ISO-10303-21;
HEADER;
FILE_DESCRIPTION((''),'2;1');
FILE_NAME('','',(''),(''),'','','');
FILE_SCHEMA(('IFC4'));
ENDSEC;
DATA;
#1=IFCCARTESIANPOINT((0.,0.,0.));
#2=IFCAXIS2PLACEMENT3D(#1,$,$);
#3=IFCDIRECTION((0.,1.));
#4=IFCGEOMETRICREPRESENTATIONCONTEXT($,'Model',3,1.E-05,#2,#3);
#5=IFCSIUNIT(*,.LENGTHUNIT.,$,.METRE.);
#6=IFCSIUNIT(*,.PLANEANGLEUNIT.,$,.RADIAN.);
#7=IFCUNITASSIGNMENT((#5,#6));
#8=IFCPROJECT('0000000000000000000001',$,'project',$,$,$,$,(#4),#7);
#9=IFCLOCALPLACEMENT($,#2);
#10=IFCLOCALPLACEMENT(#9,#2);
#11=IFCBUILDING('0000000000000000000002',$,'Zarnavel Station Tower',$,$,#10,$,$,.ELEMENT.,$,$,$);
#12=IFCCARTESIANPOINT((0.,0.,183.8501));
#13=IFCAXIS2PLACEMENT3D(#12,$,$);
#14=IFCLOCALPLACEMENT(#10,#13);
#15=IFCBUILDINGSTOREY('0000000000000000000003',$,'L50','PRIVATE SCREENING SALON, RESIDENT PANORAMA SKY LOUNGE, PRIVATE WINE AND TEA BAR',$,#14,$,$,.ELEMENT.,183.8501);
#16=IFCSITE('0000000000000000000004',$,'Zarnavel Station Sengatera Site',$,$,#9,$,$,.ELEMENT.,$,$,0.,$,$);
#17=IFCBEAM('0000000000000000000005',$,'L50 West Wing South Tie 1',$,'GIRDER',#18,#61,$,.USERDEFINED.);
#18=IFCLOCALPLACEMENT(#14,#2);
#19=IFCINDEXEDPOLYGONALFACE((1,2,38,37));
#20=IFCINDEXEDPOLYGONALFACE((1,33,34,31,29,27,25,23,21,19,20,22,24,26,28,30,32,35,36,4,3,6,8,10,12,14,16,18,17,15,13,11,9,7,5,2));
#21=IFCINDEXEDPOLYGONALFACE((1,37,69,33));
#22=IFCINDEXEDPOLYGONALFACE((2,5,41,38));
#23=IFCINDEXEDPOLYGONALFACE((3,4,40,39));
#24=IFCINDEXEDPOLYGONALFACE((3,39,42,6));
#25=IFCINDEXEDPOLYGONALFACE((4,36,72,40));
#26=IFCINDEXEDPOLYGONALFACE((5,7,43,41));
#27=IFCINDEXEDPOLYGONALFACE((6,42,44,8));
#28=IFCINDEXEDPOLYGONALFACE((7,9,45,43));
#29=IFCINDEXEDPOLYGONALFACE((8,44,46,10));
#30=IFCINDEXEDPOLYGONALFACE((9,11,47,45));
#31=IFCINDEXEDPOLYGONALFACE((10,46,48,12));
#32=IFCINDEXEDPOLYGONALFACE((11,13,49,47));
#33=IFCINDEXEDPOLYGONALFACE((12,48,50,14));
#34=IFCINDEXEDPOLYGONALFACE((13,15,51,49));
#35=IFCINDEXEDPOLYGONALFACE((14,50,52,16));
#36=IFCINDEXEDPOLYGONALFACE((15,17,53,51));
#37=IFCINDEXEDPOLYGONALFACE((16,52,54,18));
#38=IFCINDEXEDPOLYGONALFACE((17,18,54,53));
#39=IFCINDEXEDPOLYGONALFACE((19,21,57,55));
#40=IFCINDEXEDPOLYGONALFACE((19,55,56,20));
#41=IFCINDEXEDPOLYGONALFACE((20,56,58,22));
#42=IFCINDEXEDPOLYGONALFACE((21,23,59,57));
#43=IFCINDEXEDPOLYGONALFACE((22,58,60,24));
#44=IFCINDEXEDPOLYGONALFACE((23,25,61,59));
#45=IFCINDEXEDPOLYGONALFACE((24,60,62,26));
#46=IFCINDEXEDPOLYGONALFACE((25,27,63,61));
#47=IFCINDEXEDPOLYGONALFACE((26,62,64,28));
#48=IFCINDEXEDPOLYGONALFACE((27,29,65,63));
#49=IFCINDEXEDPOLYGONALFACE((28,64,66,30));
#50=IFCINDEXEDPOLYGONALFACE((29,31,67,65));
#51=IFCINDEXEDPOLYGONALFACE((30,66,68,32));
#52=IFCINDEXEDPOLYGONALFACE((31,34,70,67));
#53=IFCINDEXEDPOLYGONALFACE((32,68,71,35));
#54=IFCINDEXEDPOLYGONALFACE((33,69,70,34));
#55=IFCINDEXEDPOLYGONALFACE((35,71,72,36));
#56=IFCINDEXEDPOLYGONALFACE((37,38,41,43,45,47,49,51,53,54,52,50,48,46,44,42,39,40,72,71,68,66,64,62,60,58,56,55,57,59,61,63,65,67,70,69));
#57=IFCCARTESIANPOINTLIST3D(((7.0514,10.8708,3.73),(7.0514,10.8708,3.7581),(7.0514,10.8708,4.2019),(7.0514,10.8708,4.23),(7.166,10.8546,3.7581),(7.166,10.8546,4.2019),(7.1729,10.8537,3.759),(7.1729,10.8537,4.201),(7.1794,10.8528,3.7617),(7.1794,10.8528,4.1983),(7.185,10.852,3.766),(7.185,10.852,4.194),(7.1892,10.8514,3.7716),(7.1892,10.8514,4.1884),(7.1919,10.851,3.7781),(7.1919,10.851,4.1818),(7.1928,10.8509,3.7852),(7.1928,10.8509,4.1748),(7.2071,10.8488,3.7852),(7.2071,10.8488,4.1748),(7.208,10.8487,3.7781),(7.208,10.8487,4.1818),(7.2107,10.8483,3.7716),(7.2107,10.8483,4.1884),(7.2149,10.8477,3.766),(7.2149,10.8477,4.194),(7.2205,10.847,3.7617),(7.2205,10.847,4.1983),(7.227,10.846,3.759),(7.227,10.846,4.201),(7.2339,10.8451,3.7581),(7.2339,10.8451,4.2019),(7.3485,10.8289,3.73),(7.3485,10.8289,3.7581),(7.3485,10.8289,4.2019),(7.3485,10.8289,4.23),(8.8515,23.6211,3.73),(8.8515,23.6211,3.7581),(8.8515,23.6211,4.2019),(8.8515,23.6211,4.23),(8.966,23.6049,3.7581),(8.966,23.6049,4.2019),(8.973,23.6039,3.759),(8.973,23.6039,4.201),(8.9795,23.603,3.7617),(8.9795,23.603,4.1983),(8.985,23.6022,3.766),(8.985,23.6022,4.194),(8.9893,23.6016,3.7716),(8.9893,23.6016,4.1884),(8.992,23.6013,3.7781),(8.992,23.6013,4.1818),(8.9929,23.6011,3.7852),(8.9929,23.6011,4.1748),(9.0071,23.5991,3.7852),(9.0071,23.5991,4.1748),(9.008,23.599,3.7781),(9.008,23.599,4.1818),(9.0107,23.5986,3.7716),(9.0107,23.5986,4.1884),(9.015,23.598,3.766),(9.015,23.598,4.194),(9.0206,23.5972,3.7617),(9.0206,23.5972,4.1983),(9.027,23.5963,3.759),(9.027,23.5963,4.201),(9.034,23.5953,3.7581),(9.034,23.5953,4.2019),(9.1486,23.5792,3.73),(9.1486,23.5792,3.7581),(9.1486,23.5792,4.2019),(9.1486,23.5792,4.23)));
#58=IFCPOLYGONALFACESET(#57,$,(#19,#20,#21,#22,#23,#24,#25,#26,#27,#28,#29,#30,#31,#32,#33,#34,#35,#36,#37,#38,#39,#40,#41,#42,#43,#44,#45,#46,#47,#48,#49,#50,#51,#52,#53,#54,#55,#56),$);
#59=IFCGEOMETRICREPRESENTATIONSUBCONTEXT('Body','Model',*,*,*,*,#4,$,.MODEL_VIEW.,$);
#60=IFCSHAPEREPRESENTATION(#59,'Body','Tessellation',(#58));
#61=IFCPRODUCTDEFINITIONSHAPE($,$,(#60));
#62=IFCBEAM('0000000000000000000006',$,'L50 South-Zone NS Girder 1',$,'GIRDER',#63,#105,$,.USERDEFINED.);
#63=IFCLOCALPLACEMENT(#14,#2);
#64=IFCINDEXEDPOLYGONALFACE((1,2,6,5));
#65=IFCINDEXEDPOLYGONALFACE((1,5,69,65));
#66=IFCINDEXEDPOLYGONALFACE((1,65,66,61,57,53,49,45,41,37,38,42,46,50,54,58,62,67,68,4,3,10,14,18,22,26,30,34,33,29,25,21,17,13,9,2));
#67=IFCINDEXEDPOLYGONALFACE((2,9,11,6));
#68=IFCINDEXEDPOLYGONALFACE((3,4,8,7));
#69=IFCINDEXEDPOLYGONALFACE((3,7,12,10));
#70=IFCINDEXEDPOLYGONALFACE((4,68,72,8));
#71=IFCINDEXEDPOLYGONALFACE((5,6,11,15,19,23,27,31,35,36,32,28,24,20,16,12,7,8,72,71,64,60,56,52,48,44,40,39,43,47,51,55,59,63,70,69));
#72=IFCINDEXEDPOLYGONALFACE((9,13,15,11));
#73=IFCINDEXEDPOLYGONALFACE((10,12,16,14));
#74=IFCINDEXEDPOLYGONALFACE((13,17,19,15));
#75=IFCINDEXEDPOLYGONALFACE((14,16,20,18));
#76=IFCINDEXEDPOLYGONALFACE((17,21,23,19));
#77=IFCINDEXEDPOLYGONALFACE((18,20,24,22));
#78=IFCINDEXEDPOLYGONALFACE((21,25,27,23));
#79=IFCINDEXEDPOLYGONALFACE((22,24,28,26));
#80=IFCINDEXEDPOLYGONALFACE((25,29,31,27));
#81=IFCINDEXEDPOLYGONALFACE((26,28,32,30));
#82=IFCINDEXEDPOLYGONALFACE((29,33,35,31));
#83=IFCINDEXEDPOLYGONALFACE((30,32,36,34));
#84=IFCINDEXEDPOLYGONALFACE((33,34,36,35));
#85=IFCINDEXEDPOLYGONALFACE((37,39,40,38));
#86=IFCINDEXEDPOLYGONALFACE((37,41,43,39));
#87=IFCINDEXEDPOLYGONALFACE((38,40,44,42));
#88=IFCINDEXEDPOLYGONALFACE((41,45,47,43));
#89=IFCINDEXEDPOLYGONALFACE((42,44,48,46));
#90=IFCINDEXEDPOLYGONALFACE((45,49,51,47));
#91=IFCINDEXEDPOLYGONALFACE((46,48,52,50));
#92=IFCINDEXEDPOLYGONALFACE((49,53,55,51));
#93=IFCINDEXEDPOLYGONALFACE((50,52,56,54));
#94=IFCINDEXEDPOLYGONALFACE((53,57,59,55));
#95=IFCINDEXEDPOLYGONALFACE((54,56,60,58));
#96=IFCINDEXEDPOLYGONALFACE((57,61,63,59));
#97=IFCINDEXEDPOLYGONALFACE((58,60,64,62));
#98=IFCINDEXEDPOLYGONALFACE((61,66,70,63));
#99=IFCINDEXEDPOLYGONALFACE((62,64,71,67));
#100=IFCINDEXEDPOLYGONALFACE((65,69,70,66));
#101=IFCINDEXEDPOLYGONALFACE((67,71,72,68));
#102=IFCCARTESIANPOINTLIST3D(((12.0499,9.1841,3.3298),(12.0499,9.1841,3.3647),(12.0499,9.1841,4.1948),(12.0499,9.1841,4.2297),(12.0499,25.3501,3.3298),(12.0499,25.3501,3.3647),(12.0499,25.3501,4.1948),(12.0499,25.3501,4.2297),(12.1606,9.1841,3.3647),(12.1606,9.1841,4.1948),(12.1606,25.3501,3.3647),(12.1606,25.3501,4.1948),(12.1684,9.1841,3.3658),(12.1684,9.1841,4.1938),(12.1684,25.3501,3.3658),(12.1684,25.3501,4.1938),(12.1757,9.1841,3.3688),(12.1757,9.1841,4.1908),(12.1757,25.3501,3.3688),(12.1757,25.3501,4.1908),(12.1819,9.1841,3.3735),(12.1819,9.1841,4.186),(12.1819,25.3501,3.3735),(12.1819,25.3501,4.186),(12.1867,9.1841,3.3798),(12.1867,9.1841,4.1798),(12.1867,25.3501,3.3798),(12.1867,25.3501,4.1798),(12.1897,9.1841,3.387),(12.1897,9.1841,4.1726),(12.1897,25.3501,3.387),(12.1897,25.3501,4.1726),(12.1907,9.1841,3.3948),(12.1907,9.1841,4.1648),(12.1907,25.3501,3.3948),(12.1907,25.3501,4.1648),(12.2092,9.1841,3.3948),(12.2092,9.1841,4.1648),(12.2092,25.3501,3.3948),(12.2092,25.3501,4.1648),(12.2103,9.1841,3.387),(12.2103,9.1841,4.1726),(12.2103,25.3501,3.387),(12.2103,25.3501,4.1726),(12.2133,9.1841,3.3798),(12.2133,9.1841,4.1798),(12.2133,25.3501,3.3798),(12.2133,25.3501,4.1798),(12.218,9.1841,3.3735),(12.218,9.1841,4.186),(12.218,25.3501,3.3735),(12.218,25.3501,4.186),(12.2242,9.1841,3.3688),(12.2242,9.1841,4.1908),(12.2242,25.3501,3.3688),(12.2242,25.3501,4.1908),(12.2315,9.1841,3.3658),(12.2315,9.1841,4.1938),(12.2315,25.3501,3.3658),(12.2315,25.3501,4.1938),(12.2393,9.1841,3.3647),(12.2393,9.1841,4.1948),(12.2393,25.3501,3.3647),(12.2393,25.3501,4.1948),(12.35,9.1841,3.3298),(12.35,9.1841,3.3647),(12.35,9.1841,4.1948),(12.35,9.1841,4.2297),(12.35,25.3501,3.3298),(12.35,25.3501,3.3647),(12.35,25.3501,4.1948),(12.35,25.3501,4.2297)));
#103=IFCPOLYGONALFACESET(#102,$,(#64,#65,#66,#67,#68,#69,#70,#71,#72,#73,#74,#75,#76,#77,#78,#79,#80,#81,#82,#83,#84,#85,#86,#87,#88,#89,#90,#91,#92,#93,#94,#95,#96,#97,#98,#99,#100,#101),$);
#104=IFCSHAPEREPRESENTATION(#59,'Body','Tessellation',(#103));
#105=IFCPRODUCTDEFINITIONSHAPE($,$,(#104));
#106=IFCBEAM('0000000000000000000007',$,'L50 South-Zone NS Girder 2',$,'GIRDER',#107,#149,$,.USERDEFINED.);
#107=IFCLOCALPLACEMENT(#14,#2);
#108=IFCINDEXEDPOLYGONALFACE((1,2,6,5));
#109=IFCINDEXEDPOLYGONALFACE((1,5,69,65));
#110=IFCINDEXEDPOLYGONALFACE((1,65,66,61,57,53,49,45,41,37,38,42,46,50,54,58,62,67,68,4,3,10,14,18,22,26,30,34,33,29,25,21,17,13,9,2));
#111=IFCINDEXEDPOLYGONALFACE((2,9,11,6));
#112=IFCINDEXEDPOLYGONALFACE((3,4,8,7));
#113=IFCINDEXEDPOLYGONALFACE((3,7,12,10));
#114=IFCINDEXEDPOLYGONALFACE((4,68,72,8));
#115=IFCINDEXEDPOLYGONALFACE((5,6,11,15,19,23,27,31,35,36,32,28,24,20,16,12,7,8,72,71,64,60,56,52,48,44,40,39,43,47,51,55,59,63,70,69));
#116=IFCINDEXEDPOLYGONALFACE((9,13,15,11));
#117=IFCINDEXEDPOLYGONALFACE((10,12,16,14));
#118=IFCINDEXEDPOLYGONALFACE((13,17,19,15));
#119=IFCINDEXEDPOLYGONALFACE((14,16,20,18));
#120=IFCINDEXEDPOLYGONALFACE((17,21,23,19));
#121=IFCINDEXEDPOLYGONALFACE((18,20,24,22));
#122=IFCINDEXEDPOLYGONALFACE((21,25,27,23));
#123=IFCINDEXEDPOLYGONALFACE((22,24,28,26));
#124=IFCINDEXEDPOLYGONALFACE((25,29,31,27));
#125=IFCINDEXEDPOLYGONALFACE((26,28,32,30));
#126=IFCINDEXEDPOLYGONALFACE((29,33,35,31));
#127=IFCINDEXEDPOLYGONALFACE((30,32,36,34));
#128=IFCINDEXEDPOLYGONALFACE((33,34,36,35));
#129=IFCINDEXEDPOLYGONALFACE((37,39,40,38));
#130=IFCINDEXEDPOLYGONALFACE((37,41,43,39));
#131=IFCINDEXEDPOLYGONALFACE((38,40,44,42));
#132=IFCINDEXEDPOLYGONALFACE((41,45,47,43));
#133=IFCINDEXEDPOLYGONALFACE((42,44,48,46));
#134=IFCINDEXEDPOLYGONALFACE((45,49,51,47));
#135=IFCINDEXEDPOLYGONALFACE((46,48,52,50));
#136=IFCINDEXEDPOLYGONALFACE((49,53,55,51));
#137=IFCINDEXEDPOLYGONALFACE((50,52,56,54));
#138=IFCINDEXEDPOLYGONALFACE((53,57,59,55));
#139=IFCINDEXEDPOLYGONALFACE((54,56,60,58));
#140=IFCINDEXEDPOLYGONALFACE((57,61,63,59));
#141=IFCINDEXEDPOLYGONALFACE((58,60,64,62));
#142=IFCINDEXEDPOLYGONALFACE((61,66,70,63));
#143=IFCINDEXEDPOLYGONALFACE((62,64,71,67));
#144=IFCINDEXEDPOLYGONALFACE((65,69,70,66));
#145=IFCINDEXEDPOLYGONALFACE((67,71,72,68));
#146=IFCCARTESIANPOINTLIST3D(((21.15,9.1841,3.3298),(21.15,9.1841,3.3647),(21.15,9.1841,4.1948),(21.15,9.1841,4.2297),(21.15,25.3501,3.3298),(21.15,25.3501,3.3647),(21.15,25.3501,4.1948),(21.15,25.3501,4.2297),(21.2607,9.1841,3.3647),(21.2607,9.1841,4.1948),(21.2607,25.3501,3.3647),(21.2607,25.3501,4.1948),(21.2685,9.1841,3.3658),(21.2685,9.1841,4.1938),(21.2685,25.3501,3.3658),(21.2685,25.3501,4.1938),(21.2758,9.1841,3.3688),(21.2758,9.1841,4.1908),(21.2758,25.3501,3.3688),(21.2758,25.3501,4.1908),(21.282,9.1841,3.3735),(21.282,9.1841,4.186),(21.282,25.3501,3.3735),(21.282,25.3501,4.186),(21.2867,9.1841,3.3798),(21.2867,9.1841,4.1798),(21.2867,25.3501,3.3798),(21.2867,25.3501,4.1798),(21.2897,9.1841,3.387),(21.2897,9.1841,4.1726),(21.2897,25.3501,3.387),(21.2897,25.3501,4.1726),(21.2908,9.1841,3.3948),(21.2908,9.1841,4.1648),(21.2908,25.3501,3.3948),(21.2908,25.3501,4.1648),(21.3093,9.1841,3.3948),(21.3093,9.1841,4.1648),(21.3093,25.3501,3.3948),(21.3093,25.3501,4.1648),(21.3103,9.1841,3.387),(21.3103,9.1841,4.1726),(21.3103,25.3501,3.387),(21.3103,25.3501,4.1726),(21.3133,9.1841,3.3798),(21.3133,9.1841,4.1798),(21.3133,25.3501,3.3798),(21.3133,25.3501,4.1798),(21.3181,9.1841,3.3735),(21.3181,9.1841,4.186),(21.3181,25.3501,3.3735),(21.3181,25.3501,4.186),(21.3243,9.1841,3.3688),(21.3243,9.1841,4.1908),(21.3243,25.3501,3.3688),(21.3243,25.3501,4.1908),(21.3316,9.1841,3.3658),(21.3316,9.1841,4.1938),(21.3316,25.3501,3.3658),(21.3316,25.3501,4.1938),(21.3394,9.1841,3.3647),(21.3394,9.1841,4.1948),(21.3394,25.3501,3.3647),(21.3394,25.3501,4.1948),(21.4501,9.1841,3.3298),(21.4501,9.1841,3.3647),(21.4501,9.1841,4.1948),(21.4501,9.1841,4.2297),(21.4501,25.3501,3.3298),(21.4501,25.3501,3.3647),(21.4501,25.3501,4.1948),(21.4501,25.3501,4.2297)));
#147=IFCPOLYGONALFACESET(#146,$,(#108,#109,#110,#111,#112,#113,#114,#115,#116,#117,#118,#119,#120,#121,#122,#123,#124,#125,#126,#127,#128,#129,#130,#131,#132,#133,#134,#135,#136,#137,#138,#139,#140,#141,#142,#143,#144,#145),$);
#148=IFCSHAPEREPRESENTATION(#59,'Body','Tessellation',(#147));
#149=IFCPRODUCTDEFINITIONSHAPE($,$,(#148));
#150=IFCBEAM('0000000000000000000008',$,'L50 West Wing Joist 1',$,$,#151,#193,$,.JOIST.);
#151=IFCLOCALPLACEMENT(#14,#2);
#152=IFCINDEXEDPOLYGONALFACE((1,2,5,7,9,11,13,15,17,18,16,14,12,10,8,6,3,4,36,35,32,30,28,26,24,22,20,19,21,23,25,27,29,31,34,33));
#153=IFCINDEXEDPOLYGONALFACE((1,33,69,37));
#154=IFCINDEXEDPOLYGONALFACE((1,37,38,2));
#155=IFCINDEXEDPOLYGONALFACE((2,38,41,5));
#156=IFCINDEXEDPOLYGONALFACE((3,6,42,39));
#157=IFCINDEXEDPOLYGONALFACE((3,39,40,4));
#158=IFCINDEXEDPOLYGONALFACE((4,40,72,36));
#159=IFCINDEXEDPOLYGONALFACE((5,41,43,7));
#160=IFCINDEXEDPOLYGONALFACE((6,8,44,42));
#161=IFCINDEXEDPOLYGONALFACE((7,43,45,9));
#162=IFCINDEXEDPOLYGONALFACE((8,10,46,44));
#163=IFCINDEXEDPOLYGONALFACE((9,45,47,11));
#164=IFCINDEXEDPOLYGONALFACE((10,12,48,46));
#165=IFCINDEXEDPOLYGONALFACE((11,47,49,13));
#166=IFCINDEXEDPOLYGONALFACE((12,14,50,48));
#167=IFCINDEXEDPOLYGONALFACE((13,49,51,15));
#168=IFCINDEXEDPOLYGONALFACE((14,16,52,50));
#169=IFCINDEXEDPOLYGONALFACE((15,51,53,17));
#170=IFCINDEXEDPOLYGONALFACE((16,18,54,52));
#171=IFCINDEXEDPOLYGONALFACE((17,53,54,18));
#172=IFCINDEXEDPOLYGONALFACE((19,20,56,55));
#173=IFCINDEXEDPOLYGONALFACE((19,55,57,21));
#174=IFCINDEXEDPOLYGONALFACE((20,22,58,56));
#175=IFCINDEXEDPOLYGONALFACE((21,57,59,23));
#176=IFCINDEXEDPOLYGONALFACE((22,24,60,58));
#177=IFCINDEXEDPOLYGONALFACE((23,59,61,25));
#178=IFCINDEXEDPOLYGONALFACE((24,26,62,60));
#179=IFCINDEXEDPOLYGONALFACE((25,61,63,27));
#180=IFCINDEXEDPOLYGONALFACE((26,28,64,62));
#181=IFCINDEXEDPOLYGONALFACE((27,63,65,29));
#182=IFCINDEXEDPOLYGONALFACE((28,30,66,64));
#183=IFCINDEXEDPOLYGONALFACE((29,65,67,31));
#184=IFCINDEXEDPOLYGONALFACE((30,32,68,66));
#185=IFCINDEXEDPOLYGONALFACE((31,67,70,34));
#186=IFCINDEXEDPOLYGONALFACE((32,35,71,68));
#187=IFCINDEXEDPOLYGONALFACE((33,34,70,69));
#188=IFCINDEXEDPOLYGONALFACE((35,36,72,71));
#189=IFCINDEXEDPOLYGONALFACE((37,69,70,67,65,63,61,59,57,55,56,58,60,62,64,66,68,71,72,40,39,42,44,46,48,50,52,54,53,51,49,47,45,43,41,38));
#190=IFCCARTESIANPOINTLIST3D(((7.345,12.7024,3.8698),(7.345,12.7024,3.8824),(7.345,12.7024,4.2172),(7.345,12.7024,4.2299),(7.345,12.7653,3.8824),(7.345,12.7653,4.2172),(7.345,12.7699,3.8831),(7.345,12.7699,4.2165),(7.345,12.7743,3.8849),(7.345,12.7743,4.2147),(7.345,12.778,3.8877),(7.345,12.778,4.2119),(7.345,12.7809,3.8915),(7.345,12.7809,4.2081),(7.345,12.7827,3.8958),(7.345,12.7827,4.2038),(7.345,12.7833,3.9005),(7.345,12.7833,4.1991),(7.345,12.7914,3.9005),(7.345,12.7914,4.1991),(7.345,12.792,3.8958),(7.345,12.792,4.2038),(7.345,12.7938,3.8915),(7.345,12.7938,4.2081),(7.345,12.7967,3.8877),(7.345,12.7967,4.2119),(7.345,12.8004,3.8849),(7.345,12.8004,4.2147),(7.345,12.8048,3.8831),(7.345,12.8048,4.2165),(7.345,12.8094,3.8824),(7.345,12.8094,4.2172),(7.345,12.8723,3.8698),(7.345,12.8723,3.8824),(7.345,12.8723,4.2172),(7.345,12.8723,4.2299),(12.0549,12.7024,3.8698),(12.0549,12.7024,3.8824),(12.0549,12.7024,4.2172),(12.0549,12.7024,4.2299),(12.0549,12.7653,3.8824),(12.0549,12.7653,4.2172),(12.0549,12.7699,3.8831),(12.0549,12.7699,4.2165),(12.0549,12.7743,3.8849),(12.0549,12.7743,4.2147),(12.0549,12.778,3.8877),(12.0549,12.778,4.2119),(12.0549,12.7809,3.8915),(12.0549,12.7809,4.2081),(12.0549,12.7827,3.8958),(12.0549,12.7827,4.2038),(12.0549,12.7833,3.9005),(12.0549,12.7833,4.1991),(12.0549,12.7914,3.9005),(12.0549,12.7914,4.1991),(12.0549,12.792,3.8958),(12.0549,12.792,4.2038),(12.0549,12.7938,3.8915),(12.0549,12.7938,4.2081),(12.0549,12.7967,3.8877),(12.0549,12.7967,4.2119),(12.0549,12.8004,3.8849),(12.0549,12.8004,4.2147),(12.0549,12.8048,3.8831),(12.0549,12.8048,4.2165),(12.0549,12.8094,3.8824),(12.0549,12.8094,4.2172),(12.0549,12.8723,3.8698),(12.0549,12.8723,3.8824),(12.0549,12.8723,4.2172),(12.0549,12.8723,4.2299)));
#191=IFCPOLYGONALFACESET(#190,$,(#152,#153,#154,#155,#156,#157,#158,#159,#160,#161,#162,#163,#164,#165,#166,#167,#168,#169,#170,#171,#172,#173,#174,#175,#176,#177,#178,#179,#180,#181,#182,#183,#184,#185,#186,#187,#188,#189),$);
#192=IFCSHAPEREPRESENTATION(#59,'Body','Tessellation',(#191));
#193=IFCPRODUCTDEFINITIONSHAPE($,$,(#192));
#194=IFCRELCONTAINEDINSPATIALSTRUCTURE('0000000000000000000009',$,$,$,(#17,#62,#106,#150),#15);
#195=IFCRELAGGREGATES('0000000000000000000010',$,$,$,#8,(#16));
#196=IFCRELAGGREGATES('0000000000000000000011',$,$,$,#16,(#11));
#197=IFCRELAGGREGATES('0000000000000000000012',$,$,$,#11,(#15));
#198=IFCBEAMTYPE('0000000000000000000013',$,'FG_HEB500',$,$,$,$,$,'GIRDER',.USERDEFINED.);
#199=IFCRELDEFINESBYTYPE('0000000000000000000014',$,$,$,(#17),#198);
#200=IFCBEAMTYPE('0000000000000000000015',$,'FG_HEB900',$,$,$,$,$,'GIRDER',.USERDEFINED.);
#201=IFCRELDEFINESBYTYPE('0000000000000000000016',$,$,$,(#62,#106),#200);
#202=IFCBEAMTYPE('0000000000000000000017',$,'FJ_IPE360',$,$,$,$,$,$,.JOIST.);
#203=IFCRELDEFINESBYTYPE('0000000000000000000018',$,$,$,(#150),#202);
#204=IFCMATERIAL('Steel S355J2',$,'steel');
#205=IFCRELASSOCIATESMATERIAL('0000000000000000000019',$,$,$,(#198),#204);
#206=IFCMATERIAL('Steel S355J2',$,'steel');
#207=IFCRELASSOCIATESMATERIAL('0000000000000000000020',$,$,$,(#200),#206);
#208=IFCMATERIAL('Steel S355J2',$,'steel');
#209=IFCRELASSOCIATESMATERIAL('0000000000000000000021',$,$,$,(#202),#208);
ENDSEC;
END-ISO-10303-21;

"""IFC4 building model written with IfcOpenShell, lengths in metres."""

from ifc_helpers import new_model, si_unit, direction, frame, origin, origin_2d, place, context, subcontext, project, spatial, i_section, extrude, material, material_profile, profile_set, type_object, element, save


model = new_model("IFC4")

# Units and contexts
model_context = context("Model", 3, precision=1e-05, world=origin(), true_north=direction((0.0, 1.0)))
body_context = subcontext(model_context, "Body", "Model", "MODEL_VIEW")
ifc_project = project(units=[si_unit("LENGTHUNIT", "METRE"), si_unit("PLANEANGLEUNIT", "RADIAN")], contexts=[model_context])

# Site, building, storey
site_placement = place(None, origin())
site = spatial("IfcSite", under=ifc_project, at=site_placement, Name="Zarnavel Station Sengatera Site", CompositionType="ELEMENT", RefElevation=0.0)
building_placement = place(site_placement, origin())
building = spatial("IfcBuilding", under=site, at=building_placement, Name="Zarnavel Station Tower", CompositionType="ELEMENT")
storey_placement = place(building_placement, frame((0.0, 0.0, 183.8501)))
storey = spatial("IfcBuildingStorey", under=building, at=storey_placement, Name="L50", Description="PRIVATE SCREENING SALON, RESIDENT PANORAMA SKY LOUNGE, PRIVATE WINE AND TEA BAR", CompositionType="ELEMENT", Elevation=183.8501)

# Beams
ifc_material_1 = material(Name="Steel S355J2", Category="steel")
ifc_material_profile_1 = material_profile(ifc_material_1, i_section(OverallWidth=0.3, OverallDepth=0.5, WebThickness=0.0144, FlangeThickness=0.0281, FilletRadius=0.0271, at=origin_2d()), Name="HEB500")
ifc_profile_set_1 = profile_set([ifc_material_profile_1], Name="Steel S355J2")
beam_type_1 = type_object("IfcBeamType", Name="FG_HEB500", ElementType="GIRDER", PredefinedType="USERDEFINED", material=ifc_profile_set_1)
beam_1_placement = place(storey_placement, frame((7.2, 10.8499, 3.98), z_axis=(0.139791, 0.990181, 0.0), x_axis=(-0.990181, 0.139791, 0.0)))
element("IfcBeam", 1, at=beam_1_placement, inside=storey, type_object=beam_type_1, Name="L50 West Wing South Tie 1", ObjectType="GIRDER", PredefinedType="USERDEFINED", context=body_context, shape_type="SweptSolid", body=[
    extrude(i_section(OverallWidth=0.3, OverallDepth=0.5, WebThickness=0.0144, FlangeThickness=0.0281, FilletRadius=0.0271, at=origin_2d()), origin(), (0.0, 0.0, 1.0), 12.8767),
])
ifc_material_2 = material(Name="Steel S355J2", Category="steel")
ifc_material_profile_2 = material_profile(ifc_material_2, i_section(OverallWidth=0.3, OverallDepth=0.8999, WebThickness=0.0186, FlangeThickness=0.0349, FilletRadius=0.03, at=origin_2d()), Name="HEB900")
ifc_profile_set_2 = profile_set([ifc_material_profile_2], Name="Steel S355J2")
beam_type_2 = type_object("IfcBeamType", Name="FG_HEB900", ElementType="GIRDER", PredefinedType="USERDEFINED", material=ifc_profile_set_2)
for number, where, z_axis, x_axis, name in (
    (2, (12.2, 9.1841, 3.7798), (0.0, 1.0, 0.0), (-1.0, 0.0, 0.0), "L50 South-Zone NS Girder 1"),
    (3, (21.3, 9.1841, 3.7798), (0.0, 1.0, 0.0), (-1.0, 0.0, 0.0), "L50 South-Zone NS Girder 2"),
):
    element("IfcBeam", number, at=place(storey_placement, frame(where, z_axis=z_axis, x_axis=x_axis)), inside=storey, type_object=beam_type_2, Name=name, ObjectType="GIRDER", PredefinedType="USERDEFINED", context=body_context, shape_type="SweptSolid", body=[
        extrude(i_section(OverallWidth=0.3, OverallDepth=0.8999, WebThickness=0.0186, FlangeThickness=0.0349, FilletRadius=0.03, at=origin_2d()), origin(), (0.0, 0.0, 1.0), 16.166),
    ])
ifc_material_3 = material(Name="Steel S355J2", Category="steel")
ifc_material_profile_3 = material_profile(ifc_material_3, i_section(OverallWidth=0.1699, OverallDepth=0.3601, WebThickness=0.0081, FlangeThickness=0.0127, FilletRadius=0.0181, at=origin_2d()), Name="IPE360")
ifc_profile_set_3 = profile_set([ifc_material_profile_3], Name="Steel S355J2")
beam_type_3 = type_object("IfcBeamType", Name="FJ_IPE360", PredefinedType="JOIST", material=ifc_profile_set_3)
for number, where, z_axis, x_axis, name in (
    (4, (7.345, 12.7874, 4.0498), (1.0, 0.0, 0.0), (0.0, 1.0, 0.0), "L50 West Wing Joist 1"),
):
    element("IfcBeam", number, at=place(storey_placement, frame(where, z_axis=z_axis, x_axis=x_axis)), inside=storey, type_object=beam_type_3, Name=name, PredefinedType="JOIST", context=body_context, shape_type="SweptSolid", body=[
        extrude(i_section(OverallWidth=0.1699, OverallDepth=0.3601, WebThickness=0.0081, FlangeThickness=0.0127, FilletRadius=0.0181, at=origin_2d()), origin(), (0.0, 0.0, 1.0), 4.71),
    ])

save(model, "model.ifc")
